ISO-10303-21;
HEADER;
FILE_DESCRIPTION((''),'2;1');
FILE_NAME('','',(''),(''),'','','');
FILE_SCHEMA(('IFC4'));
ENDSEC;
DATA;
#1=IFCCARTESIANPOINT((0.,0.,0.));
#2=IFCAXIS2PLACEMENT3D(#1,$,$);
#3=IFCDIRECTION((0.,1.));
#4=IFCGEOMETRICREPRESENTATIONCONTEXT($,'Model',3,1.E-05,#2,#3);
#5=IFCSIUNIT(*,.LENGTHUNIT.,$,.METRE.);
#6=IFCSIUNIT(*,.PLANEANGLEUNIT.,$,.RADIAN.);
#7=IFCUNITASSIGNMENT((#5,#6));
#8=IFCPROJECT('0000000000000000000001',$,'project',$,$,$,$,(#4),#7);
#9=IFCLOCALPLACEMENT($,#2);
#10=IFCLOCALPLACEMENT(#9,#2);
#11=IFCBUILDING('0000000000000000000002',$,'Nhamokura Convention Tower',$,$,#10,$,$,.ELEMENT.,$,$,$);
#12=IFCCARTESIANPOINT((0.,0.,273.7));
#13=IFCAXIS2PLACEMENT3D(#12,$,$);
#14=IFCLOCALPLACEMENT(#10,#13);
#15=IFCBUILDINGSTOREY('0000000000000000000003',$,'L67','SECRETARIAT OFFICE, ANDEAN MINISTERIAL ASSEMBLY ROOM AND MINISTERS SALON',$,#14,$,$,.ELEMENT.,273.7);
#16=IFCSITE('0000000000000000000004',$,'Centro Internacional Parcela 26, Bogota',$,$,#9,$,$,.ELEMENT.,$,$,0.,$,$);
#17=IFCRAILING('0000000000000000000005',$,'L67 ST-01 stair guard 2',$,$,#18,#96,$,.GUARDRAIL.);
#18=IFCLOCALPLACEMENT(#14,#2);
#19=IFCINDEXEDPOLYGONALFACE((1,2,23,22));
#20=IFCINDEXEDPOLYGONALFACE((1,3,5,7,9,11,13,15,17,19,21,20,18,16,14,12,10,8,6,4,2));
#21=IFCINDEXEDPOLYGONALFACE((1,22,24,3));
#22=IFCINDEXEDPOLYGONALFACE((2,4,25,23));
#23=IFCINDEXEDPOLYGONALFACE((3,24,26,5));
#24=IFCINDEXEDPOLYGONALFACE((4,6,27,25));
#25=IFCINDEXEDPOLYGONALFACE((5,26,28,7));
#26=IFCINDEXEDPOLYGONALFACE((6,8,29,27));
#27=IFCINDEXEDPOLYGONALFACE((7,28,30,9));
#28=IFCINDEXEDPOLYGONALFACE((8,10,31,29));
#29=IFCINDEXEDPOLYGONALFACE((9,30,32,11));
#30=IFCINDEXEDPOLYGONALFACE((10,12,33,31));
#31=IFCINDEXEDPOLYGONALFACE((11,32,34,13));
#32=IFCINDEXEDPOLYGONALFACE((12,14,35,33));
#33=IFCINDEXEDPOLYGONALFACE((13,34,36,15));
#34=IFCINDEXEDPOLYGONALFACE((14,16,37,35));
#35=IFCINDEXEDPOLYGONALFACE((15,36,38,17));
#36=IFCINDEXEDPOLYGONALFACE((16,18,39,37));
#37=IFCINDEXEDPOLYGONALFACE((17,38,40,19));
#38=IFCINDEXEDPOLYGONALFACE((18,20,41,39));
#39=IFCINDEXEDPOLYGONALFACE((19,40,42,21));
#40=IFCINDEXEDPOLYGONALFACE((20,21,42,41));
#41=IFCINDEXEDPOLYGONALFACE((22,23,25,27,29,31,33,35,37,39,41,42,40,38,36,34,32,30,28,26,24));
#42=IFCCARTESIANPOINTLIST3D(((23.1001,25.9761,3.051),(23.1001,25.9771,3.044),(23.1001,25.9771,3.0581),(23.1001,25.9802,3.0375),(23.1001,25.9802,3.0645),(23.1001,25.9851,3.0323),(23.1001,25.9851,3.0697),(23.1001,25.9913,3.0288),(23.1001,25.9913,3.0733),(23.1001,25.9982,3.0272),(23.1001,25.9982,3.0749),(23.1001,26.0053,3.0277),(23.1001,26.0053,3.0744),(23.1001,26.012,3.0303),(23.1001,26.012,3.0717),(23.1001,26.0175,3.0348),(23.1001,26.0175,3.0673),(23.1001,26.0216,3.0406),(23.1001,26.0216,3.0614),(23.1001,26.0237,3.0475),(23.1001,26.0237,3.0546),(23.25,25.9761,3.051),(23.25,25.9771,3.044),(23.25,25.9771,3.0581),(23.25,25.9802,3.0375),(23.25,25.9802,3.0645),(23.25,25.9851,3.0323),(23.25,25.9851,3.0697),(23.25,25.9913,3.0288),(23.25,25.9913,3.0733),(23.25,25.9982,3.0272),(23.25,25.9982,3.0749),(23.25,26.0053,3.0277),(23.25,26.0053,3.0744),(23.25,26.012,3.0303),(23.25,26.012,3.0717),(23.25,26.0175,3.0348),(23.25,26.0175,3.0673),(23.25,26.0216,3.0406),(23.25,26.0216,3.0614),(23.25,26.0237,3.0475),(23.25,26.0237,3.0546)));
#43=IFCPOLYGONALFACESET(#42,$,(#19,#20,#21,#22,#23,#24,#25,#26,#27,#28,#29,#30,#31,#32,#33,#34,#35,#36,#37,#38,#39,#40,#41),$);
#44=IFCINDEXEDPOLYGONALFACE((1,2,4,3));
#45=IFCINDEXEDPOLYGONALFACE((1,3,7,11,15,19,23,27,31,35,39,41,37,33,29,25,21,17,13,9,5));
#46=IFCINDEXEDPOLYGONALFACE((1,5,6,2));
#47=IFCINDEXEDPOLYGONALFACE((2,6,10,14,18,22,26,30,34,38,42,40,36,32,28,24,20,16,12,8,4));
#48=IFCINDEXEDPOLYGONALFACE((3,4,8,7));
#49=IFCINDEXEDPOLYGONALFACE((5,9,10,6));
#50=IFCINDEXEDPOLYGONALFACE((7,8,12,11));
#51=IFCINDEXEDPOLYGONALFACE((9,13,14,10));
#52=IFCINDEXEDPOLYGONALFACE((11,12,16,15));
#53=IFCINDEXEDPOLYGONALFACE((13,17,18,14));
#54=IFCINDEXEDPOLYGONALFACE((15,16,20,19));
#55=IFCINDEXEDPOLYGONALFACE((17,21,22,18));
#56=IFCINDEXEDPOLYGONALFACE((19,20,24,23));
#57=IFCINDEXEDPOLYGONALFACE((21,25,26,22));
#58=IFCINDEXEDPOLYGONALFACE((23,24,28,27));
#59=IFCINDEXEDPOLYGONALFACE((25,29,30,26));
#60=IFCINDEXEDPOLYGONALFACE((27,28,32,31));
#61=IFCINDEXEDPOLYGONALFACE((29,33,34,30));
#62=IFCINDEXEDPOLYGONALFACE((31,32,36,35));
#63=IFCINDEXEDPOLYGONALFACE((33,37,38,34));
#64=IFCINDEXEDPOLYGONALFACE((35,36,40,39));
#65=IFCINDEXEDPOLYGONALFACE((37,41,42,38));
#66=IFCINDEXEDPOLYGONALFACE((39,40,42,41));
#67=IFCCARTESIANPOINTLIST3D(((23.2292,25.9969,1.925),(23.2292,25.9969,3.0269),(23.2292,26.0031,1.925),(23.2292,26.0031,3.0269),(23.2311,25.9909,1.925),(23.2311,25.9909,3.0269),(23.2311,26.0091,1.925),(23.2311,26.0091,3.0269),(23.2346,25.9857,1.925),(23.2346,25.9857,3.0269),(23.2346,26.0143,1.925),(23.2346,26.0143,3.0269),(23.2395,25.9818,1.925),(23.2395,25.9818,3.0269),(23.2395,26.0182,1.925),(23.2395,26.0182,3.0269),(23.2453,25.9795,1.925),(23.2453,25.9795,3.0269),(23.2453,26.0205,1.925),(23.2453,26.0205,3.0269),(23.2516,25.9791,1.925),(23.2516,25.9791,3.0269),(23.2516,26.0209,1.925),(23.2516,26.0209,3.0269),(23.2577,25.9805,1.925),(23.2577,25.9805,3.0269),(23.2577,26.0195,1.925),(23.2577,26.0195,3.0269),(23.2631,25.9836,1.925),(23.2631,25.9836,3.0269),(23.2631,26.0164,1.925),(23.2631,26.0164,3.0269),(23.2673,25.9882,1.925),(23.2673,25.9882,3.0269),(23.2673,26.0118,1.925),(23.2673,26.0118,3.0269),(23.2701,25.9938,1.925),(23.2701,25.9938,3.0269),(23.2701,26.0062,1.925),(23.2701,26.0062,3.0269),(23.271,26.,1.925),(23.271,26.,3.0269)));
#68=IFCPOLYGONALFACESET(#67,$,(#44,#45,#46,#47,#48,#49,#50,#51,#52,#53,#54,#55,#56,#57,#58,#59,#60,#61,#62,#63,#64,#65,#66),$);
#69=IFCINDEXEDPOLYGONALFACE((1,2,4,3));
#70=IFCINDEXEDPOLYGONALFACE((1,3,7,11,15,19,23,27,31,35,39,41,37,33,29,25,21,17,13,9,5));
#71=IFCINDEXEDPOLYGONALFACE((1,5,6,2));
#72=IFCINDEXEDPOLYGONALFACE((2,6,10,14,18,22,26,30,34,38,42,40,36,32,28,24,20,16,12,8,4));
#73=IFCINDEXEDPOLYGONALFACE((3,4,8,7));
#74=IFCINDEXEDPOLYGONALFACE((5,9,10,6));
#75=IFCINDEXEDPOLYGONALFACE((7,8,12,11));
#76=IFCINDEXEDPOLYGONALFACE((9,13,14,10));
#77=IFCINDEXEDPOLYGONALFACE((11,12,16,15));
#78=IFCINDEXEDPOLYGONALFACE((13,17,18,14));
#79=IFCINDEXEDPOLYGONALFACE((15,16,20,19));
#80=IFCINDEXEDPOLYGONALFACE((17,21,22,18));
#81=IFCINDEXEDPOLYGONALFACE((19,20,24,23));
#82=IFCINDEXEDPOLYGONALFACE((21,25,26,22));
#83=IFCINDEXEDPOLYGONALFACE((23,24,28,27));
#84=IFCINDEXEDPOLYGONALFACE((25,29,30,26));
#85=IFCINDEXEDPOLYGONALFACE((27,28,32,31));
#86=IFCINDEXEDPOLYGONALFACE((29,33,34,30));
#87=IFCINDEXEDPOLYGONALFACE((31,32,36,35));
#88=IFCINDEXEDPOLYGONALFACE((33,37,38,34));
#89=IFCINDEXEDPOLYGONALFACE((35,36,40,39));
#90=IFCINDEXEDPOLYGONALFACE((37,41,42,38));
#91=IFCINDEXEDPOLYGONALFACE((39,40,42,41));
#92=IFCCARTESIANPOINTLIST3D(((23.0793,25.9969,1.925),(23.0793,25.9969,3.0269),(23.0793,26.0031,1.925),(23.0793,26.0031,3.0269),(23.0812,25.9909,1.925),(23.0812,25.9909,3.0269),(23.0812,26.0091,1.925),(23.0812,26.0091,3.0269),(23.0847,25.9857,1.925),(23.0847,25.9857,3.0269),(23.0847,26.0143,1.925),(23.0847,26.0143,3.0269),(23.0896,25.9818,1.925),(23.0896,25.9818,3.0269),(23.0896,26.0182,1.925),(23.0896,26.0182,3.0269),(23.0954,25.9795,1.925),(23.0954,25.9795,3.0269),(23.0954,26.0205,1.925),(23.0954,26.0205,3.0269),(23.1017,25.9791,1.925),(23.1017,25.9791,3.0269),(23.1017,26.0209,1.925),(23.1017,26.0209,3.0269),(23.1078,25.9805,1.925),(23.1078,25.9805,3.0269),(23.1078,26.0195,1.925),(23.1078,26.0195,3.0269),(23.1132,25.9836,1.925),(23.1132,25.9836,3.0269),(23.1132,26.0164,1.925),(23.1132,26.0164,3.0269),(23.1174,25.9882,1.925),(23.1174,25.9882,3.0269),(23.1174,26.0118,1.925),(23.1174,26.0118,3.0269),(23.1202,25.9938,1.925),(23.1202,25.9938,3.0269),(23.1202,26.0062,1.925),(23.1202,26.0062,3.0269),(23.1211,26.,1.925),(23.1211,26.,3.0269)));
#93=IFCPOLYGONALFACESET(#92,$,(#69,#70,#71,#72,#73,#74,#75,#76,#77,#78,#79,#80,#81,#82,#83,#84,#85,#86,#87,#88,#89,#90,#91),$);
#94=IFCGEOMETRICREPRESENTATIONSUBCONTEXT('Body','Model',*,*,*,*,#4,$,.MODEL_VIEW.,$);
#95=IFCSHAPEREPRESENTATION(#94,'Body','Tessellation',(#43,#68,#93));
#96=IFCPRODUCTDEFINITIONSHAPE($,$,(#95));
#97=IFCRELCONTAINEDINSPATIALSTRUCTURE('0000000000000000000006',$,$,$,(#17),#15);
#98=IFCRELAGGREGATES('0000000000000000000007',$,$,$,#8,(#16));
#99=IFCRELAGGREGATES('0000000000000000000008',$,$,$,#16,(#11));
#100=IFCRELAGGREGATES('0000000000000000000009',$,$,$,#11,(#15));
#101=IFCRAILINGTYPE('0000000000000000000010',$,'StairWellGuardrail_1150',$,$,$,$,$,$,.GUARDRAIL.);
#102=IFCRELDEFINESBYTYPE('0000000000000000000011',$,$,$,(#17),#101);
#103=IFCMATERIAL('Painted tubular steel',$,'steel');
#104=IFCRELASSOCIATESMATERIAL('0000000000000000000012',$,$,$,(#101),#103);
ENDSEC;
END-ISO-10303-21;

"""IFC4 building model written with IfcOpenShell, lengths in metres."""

from ifc_helpers import new_model, si_unit, direction, frame, origin, origin_2d, place, context, subcontext, project, spatial, circle, extrude, material, type_object, element, save


model = new_model("IFC4")

# Units and contexts
model_context = context("Model", 3, precision=1e-05, world=origin(), true_north=direction((0.0, 1.0)))
body_context = subcontext(model_context, "Body", "Model", "MODEL_VIEW")
ifc_project = project(units=[si_unit("LENGTHUNIT", "METRE"), si_unit("PLANEANGLEUNIT", "RADIAN")], contexts=[model_context])

# Site, building, storey
site_placement = place(None, origin())
site = spatial("IfcSite", under=ifc_project, at=site_placement, Name="Centro Internacional Parcela 26, Bogota", CompositionType="ELEMENT", RefElevation=0.0)
building_placement = place(site_placement, origin())
building = spatial("IfcBuilding", under=site, at=building_placement, Name="Nhamokura Convention Tower", CompositionType="ELEMENT")
storey_placement = place(building_placement, frame((0.0, 0.0, 273.7)))
storey = spatial("IfcBuildingStorey", under=building, at=storey_placement, Name="L67", Description="SECRETARIAT OFFICE, ANDEAN MINISTERIAL ASSEMBLY ROOM AND MINISTERS SALON", CompositionType="ELEMENT", Elevation=273.7)

# Railing
ifc_material_1 = material(Name="Painted tubular steel", Category="steel")
railing_type_1 = type_object("IfcRailingType", Name="StairWellGuardrail_1150", PredefinedType="GUARDRAIL", material=ifc_material_1)
railing_1_placement = place(storey_placement, frame((23.25, 26.0, 1.925)))
element("IfcRailing", 1, at=railing_1_placement, inside=storey, type_object=railing_type_1, Name="L67 ST-01 stair guard 2", PredefinedType="GUARDRAIL", context=body_context, shape_type="SweptSolid", body=[
    extrude(circle(Radius=0.0239, at=origin_2d()), frame((0.0, 0.0, 1.126), z_axis=(-1.0, 0.0, 0.0), x_axis=(0.0, -1.0, 0.0)), (0.0, 0.0, 1.0), 0.1499),
    extrude(circle(Radius=0.021, at=origin_2d()), origin(), (0.0, 0.0, 1.0), 1.1018),
    extrude(circle(Radius=0.021, at=origin_2d()), frame((-0.1499, 0.0, 0.0)), (0.0, 0.0, 1.0), 1.1018),
])

save(model, "model.ifc")
